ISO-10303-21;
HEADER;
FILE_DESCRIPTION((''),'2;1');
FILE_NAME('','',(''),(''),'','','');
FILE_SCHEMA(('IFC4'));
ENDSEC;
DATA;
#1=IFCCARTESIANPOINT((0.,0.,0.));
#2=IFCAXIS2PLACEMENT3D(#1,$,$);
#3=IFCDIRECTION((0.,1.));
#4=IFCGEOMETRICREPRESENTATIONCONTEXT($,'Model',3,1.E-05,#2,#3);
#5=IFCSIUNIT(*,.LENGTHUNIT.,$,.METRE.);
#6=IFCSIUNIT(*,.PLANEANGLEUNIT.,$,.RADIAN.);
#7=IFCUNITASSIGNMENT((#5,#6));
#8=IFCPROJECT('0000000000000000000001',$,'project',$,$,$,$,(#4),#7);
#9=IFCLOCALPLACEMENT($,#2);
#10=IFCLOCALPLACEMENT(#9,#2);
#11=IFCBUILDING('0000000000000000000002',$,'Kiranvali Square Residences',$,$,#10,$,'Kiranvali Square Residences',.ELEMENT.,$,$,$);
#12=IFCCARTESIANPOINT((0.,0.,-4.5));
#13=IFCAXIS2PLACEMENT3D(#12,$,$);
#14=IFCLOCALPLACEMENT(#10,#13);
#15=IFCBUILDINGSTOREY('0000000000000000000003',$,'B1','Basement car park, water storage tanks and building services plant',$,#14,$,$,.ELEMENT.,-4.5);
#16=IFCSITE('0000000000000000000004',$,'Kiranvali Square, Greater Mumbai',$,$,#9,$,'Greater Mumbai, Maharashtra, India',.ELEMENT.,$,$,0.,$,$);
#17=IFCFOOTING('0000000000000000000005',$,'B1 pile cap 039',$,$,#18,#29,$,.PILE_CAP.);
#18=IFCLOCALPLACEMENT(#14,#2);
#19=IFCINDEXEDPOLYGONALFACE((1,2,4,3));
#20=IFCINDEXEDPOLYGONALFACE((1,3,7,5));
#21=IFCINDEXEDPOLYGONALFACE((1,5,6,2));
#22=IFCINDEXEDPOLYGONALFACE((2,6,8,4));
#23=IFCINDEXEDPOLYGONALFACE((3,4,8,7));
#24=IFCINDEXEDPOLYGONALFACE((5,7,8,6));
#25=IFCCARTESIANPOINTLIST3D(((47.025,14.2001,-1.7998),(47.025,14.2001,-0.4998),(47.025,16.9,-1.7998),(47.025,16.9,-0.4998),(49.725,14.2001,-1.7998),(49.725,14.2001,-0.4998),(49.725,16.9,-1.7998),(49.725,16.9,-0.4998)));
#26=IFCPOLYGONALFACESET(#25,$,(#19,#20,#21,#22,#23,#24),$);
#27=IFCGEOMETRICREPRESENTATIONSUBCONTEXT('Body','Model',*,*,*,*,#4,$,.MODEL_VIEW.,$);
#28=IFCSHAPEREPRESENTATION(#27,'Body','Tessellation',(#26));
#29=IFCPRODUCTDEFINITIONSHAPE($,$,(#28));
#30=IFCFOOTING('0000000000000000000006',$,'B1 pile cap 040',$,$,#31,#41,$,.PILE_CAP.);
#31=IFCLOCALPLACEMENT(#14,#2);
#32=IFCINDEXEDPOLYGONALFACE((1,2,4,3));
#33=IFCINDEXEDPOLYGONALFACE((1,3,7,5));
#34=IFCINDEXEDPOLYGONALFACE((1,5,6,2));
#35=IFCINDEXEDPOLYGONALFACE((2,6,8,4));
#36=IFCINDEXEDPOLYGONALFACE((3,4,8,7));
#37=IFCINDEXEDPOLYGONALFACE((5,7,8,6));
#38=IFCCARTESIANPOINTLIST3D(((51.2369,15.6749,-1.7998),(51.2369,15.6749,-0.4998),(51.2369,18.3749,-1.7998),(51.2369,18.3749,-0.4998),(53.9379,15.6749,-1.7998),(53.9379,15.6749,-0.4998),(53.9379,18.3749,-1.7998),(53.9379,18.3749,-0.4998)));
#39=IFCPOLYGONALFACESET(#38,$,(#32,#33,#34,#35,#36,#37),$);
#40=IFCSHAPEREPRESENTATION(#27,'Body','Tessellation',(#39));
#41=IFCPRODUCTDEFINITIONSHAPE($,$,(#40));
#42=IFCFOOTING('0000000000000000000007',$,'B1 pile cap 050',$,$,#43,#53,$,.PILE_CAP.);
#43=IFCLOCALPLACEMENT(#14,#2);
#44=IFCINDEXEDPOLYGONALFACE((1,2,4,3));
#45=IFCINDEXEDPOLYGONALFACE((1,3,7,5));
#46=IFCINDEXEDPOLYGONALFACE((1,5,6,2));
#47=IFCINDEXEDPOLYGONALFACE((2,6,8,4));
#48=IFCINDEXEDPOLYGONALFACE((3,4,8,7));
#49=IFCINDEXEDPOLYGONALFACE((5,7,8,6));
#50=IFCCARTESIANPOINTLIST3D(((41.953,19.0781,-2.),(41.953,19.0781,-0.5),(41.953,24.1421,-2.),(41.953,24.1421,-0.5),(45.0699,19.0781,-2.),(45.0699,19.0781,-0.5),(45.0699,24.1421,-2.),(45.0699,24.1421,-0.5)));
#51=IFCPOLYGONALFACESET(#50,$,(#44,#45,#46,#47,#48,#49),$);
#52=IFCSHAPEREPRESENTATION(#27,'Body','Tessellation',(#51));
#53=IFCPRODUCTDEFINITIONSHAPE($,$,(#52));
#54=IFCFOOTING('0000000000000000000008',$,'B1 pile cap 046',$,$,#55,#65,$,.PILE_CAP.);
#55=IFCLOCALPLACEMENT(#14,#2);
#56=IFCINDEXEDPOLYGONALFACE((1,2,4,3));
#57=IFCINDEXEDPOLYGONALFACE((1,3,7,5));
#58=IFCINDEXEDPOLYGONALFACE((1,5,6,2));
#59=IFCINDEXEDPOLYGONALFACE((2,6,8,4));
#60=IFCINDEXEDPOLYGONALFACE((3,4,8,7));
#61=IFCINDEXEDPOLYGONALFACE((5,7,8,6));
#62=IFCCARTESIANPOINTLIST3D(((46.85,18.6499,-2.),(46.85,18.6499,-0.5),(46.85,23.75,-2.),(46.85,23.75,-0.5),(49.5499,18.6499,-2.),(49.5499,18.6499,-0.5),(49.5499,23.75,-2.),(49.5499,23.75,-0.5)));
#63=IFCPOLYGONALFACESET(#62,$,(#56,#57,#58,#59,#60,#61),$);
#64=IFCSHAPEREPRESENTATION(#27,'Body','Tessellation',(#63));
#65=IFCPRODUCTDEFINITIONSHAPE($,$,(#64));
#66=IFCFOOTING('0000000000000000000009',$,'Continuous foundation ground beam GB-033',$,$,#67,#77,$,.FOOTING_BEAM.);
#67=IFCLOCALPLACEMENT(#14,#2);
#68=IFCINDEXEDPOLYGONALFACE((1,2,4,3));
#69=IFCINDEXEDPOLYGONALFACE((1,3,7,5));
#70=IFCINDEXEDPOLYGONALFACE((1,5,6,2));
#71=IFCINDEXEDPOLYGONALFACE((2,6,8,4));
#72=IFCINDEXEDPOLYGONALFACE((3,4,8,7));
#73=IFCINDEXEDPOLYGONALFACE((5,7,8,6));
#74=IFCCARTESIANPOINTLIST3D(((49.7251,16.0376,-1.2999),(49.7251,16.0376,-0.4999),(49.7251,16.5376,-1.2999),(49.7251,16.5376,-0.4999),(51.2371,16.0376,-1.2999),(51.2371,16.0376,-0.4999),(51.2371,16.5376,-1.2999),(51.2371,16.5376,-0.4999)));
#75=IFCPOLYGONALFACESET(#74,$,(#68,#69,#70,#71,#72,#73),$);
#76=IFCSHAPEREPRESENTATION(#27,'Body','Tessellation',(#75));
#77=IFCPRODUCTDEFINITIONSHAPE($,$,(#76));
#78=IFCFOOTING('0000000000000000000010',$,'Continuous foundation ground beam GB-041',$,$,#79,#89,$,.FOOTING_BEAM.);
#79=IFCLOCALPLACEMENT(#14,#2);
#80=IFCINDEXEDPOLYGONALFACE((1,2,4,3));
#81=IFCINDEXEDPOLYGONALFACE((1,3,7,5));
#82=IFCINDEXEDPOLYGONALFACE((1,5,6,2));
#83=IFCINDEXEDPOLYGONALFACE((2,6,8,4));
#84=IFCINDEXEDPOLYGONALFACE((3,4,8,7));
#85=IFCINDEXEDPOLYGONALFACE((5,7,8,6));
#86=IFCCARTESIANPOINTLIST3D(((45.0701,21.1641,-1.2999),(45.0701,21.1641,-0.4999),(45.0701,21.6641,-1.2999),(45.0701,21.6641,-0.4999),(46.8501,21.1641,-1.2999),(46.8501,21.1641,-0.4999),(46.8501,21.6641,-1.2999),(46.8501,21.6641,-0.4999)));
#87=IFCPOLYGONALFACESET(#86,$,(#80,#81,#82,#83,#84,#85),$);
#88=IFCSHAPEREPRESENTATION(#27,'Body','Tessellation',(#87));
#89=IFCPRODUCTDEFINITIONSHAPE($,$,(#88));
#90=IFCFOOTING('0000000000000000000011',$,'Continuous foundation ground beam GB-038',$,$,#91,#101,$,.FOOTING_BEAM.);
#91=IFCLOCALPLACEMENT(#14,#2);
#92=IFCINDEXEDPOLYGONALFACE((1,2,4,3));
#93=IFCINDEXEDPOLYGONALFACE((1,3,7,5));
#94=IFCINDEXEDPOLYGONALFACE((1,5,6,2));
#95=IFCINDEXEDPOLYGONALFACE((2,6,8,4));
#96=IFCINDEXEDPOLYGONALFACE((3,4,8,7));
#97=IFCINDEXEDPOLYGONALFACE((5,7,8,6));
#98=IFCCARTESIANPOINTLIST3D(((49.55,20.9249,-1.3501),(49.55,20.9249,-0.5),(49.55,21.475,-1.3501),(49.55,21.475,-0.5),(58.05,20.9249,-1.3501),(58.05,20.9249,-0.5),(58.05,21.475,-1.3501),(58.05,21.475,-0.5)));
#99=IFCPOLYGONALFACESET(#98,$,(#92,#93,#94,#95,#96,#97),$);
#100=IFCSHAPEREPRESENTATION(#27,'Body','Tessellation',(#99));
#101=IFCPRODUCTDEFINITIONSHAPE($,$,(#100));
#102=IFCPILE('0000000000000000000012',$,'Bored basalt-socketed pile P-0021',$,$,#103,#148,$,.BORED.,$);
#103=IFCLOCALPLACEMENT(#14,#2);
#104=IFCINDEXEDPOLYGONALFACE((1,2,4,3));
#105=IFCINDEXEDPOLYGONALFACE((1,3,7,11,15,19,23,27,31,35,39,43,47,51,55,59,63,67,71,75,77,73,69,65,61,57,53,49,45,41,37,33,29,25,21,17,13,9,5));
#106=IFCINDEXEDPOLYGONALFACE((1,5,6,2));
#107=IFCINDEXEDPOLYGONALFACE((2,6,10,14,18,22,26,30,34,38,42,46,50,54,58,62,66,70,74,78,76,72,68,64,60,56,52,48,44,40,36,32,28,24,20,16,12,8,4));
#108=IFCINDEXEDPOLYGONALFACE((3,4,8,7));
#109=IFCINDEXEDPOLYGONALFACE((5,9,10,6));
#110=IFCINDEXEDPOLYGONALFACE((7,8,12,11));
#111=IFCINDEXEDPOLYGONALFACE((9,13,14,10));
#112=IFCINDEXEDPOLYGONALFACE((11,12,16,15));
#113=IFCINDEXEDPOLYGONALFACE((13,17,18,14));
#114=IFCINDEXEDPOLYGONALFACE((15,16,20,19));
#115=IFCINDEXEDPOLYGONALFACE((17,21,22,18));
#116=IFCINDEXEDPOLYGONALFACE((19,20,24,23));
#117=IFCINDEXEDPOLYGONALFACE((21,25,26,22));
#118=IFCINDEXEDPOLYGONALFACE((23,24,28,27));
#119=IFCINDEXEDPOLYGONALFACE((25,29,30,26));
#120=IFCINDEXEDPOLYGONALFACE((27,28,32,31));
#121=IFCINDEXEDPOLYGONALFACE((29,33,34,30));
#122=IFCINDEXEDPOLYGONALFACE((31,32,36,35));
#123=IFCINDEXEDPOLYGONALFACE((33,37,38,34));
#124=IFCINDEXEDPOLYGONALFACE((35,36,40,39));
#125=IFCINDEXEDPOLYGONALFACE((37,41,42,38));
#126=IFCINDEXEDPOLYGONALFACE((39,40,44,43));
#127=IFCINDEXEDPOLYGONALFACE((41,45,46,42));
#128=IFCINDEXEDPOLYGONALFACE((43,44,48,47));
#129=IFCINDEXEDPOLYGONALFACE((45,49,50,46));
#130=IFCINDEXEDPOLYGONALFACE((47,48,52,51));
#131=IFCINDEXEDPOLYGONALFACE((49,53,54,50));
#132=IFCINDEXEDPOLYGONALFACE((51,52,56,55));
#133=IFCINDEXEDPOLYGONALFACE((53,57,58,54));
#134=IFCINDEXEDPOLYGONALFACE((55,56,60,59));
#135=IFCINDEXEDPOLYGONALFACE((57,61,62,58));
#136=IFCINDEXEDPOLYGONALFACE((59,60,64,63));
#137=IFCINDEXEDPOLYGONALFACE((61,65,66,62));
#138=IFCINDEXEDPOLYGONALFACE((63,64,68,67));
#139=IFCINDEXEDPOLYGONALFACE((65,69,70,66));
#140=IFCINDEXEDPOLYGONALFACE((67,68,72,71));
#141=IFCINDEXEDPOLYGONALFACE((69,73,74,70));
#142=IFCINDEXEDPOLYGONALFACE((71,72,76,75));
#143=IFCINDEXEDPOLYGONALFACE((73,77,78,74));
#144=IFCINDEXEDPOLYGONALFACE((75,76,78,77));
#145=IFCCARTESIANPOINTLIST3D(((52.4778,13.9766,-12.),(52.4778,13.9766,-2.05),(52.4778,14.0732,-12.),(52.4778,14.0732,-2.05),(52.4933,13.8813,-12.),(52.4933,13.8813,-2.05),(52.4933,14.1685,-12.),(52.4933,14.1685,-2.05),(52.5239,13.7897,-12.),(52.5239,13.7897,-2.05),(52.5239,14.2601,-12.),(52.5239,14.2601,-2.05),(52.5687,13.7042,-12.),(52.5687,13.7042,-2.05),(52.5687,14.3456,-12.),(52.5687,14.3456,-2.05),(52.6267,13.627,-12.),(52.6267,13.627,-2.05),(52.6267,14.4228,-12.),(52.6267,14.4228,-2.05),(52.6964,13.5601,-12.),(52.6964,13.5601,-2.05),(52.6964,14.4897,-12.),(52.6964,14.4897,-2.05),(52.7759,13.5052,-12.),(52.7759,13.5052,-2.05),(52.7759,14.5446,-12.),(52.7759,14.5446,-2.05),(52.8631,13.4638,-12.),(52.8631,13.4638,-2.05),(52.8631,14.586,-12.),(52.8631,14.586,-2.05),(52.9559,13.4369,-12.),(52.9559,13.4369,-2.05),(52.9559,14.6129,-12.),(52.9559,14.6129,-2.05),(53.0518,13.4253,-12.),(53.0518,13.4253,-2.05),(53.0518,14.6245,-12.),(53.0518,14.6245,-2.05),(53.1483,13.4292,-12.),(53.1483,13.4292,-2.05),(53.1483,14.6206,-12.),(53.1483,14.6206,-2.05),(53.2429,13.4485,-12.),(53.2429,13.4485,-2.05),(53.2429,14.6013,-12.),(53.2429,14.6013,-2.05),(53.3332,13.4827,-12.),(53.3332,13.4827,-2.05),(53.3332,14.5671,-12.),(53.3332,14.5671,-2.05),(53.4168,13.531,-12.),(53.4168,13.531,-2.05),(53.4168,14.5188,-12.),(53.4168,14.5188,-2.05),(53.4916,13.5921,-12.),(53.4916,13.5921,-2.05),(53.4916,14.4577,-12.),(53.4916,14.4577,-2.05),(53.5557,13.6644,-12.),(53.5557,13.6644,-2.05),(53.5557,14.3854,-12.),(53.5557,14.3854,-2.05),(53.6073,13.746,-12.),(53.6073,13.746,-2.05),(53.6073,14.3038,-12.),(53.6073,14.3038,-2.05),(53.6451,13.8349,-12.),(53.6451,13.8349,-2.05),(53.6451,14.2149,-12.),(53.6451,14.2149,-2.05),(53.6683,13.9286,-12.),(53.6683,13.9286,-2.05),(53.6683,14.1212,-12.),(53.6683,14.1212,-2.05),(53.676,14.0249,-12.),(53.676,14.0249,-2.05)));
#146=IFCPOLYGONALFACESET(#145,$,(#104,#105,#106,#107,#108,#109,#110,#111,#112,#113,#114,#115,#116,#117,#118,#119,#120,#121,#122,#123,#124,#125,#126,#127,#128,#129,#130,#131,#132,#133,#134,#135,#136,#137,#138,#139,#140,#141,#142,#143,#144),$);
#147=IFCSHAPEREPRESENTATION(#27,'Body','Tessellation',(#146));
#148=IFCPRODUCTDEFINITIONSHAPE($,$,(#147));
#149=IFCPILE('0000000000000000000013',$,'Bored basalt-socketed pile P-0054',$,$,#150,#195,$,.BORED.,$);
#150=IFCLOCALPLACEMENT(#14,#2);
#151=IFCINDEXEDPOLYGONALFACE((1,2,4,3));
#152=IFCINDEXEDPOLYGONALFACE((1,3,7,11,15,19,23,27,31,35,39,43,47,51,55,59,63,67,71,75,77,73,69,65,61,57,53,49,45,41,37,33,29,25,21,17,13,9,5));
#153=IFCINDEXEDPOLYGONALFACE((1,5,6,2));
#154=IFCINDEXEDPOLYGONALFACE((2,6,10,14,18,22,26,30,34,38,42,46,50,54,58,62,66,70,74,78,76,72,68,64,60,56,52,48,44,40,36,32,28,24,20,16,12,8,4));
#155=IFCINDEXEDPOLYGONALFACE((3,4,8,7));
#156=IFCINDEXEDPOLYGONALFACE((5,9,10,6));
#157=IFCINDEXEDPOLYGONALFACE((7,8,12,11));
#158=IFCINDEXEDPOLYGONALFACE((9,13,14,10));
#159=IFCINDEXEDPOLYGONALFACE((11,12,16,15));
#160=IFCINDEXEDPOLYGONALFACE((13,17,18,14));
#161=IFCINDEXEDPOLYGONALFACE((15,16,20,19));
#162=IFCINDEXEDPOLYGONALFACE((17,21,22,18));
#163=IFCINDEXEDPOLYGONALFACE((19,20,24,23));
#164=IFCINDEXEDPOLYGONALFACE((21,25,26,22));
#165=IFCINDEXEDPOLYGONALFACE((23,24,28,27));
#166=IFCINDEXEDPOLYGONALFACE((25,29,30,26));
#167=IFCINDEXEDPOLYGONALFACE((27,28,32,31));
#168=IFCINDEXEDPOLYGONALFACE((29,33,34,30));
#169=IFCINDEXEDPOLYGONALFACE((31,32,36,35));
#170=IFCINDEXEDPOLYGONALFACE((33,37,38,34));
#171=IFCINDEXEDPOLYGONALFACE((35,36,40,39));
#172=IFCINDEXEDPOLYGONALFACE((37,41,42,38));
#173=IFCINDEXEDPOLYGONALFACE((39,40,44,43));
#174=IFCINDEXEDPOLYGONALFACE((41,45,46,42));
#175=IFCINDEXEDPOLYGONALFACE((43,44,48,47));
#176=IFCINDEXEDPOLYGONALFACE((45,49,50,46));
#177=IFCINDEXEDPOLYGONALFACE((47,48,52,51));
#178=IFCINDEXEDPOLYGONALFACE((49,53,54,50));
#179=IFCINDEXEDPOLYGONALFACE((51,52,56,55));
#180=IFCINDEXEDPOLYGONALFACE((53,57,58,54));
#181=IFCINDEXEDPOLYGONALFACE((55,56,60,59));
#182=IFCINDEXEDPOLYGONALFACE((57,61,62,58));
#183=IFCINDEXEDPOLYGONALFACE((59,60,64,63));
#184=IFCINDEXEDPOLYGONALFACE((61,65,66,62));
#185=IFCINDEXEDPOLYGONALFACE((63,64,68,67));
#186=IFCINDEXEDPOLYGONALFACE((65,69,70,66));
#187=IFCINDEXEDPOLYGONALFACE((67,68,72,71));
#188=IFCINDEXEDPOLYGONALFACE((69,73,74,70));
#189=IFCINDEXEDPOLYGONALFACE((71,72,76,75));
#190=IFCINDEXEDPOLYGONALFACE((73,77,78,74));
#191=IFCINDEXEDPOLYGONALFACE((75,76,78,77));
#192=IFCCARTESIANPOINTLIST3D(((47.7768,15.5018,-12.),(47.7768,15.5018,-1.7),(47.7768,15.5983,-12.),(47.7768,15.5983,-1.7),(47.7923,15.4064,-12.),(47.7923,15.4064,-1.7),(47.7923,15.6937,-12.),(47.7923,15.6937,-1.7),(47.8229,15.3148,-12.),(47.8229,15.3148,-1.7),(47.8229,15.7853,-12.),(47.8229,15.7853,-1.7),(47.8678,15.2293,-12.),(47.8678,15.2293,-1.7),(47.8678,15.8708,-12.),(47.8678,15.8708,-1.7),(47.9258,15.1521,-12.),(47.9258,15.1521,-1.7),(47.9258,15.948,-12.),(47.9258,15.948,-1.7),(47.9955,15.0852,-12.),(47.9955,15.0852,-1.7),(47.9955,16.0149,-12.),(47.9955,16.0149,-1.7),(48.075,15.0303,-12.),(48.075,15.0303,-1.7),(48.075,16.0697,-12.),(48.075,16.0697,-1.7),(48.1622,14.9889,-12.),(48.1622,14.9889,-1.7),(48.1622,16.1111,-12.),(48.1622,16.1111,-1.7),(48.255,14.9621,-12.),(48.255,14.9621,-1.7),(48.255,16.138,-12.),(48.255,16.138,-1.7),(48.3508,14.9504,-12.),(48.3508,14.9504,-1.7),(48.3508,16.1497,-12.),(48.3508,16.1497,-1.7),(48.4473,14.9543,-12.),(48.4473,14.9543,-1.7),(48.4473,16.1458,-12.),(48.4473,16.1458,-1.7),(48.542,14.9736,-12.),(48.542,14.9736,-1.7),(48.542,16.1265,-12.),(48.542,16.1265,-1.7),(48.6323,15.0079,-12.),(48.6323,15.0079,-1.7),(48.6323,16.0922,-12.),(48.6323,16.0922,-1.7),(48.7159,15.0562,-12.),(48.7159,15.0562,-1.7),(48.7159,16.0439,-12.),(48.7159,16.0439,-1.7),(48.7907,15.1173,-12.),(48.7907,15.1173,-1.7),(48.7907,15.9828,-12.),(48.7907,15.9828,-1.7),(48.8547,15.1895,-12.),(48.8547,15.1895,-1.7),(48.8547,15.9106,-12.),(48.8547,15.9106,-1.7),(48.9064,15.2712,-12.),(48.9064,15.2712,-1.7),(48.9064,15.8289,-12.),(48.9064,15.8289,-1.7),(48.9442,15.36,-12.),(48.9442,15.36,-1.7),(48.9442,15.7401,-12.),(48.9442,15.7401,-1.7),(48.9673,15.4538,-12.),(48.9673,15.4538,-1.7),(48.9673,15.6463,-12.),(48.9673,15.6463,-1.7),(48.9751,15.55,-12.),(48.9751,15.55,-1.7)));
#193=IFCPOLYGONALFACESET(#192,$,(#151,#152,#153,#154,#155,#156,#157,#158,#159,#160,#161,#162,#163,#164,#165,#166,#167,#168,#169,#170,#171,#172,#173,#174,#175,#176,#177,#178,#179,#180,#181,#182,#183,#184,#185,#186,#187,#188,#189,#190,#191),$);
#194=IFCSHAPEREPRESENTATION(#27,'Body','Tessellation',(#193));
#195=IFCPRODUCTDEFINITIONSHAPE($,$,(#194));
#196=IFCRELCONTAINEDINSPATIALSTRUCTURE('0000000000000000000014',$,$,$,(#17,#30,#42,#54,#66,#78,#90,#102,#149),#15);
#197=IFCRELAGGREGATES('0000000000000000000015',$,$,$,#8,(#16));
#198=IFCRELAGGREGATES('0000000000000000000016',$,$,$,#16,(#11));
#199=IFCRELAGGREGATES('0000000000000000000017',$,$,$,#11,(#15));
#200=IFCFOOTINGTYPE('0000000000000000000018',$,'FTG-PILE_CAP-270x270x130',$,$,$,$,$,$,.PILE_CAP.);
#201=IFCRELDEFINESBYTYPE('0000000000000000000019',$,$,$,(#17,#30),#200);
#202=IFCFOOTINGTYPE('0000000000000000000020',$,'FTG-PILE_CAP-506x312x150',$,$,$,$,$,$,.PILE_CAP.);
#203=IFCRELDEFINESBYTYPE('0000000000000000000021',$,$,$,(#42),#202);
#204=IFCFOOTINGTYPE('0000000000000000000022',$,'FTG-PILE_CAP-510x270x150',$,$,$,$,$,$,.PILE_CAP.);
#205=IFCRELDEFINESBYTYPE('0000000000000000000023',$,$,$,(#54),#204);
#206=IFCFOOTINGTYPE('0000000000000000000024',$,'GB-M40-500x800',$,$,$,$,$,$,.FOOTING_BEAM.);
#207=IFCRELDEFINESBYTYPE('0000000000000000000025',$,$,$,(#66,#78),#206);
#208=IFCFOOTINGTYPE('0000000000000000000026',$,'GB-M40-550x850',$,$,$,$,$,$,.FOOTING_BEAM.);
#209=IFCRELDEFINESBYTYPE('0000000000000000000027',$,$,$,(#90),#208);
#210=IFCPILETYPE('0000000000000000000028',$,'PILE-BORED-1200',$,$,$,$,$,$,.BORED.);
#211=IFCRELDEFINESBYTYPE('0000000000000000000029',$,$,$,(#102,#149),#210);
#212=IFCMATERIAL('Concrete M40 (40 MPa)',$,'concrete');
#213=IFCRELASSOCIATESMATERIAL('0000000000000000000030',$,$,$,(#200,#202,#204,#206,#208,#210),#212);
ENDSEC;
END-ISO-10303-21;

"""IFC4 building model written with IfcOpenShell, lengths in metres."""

from ifc_helpers import new_model, si_unit, direction, frame, origin, origin_2d, place, context, subcontext, project, spatial, rectangle, circle, extrude, material, material_profile, profile_set, type_object, element, save


model = new_model("IFC4")

# Units and contexts
model_context = context("Model", 3, precision=1e-05, world=origin(), true_north=direction((0.0, 1.0)))
body_context = subcontext(model_context, "Body", "Model", "MODEL_VIEW")
ifc_project = project(units=[si_unit("LENGTHUNIT", "METRE"), si_unit("PLANEANGLEUNIT", "RADIAN")], contexts=[model_context])

# Site, building, storey
site_placement = place(None, origin())
site = spatial("IfcSite", under=ifc_project, at=site_placement, Name="Kiranvali Square, Greater Mumbai", LongName="Greater Mumbai, Maharashtra, India", CompositionType="ELEMENT", RefElevation=0.0)
building_placement = place(site_placement, origin())
building = spatial("IfcBuilding", under=site, at=building_placement, Name="Kiranvali Square Residences", LongName="Kiranvali Square Residences", CompositionType="ELEMENT")
storey_placement = place(building_placement, frame((0.0, 0.0, -4.5)))
storey = spatial("IfcBuildingStorey", under=building, at=storey_placement, Name="B1", Description="Basement car park, water storage tanks and building services plant", CompositionType="ELEMENT", Elevation=-4.5)

# Footings
ifc_material_1 = material(Name="Concrete M40 (40 MPa)", Category="concrete")
footing_type_1 = type_object("IfcFootingType", Name="FTG-PILE_CAP-270x270x130", PredefinedType="PILE_CAP", material=ifc_material_1)
footing_1_placement = place(storey_placement, frame((48.375, 15.55, -1.7998), z_axis=(0.0, 0.0, 1.0), x_axis=(1.0, 0.0, 0.0)))
element("IfcFooting", 1, at=footing_1_placement, inside=storey, type_object=footing_type_1, Name="B1 pile cap 039", PredefinedType="PILE_CAP", context=body_context, shape_type="SweptSolid", body=[
    extrude(rectangle(XDim=2.7, YDim=2.7, at=origin_2d()), origin(), (0.0, 0.0, 1.0), 1.3),
])
footing_2_placement = place(storey_placement, frame((52.5874, 17.0249, -1.7998), z_axis=(0.0, 0.0, 1.0), x_axis=(1.0, 0.0, 0.0)))
element("IfcFooting", 2, at=footing_2_placement, inside=storey, type_object=footing_type_1, Name="B1 pile cap 040", PredefinedType="PILE_CAP", context=body_context, shape_type="SweptSolid", body=[
    extrude(rectangle(XDim=2.7009, YDim=2.7, at=origin_2d()), origin(), (0.0, 0.0, 1.0), 1.3),
])
footing_type_2 = type_object("IfcFootingType", Name="FTG-PILE_CAP-506x312x150", PredefinedType="PILE_CAP", material=ifc_material_1)
footing_3_placement = place(storey_placement, frame((43.5115, 21.6101, -2.0), z_axis=(0.0, 0.0, 1.0), x_axis=(0.0, 1.0, 0.0)))
element("IfcFooting", 3, at=footing_3_placement, inside=storey, type_object=footing_type_2, Name="B1 pile cap 050", PredefinedType="PILE_CAP", context=body_context, shape_type="SweptSolid", body=[
    extrude(rectangle(XDim=5.064, YDim=3.1169, at=origin_2d()), origin(), (0.0, 0.0, 1.0), 1.5),
])
footing_type_3 = type_object("IfcFootingType", Name="FTG-PILE_CAP-510x270x150", PredefinedType="PILE_CAP", material=ifc_material_1)
footing_4_placement = place(storey_placement, frame((48.2, 21.2, -2.0), z_axis=(0.0, 0.0, 1.0), x_axis=(0.0, 1.0, 0.0)))
element("IfcFooting", 4, at=footing_4_placement, inside=storey, type_object=footing_type_3, Name="B1 pile cap 046", PredefinedType="PILE_CAP", context=body_context, shape_type="SweptSolid", body=[
    extrude(rectangle(XDim=5.1001, YDim=2.7, at=origin_2d()), origin(), (0.0, 0.0, 1.0), 1.5),
])
ifc_material_profile_1 = material_profile(ifc_material_1, rectangle(XDim=0.5, YDim=0.8, at=origin_2d()), Name="GB 500x800")
ifc_profile_set_1 = profile_set([ifc_material_profile_1], Name="Concrete M40 (40 MPa)")
footing_type_4 = type_object("IfcFootingType", Name="GB-M40-500x800", PredefinedType="FOOTING_BEAM", material=ifc_profile_set_1)
footing_5_placement = place(storey_placement, frame((49.7251, 16.2876, -0.8999), z_axis=(1.0, 0.0, 0.0), x_axis=(0.0, 1.0, 0.0)))
element("IfcFooting", 5, at=footing_5_placement, inside=storey, type_object=footing_type_4, Name="Continuous foundation ground beam GB-033", PredefinedType="FOOTING_BEAM", context=body_context, shape_type="SweptSolid", body=[
    extrude(rectangle(XDim=0.5, YDim=0.8, at=origin_2d()), origin(), (0.0, 0.0, 1.0), 1.512),
])
footing_6_placement = place(storey_placement, frame((45.0701, 21.4141, -0.8999), z_axis=(1.0, 0.0, 0.0), x_axis=(0.0, 1.0, 0.0)))
element("IfcFooting", 6, at=footing_6_placement, inside=storey, type_object=footing_type_4, Name="Continuous foundation ground beam GB-041", PredefinedType="FOOTING_BEAM", context=body_context, shape_type="SweptSolid", body=[
    extrude(rectangle(XDim=0.5, YDim=0.8, at=origin_2d()), origin(), (0.0, 0.0, 1.0), 1.78),
])
ifc_material_profile_2 = material_profile(ifc_material_1, rectangle(XDim=0.55, YDim=0.8501, at=origin_2d()), Name="GB 550x850")
ifc_profile_set_2 = profile_set([ifc_material_profile_2], Name="Concrete M40 (40 MPa)")
footing_type_5 = type_object("IfcFootingType", Name="GB-M40-550x850", PredefinedType="FOOTING_BEAM", material=ifc_profile_set_2)
footing_7_placement = place(storey_placement, frame((49.55, 21.2, -0.925), z_axis=(1.0, 0.0, 0.0), x_axis=(0.0, 1.0, 0.0)))
element("IfcFooting", 7, at=footing_7_placement, inside=storey, type_object=footing_type_5, Name="Continuous foundation ground beam GB-038", PredefinedType="FOOTING_BEAM", context=body_context, shape_type="SweptSolid", body=[
    extrude(rectangle(XDim=0.55, YDim=0.8501, at=origin_2d()), origin(), (0.0, 0.0, 1.0), 8.5),
])

# Piles
ifc_material_profile_3 = material_profile(ifc_material_1, circle(Radius=0.6001, at=origin_2d()), Name="BORED PILE 1200")
ifc_profile_set_3 = profile_set([ifc_material_profile_3], Name="Concrete M40 (40 MPa)")
pile_type = type_object("IfcPileType", Name="PILE-BORED-1200", PredefinedType="BORED", material=ifc_profile_set_3)
pile_1_placement = place(storey_placement, frame((53.0759, 14.0249, -2.05), z_axis=(0.0, 0.0, -1.0), x_axis=(1.0, 0.0, 0.0)))
element("IfcPile", 8, at=pile_1_placement, inside=storey, type_object=pile_type, Name="Bored basalt-socketed pile P-0021", PredefinedType="BORED", context=body_context, shape_type="SweptSolid", body=[
    extrude(circle(Radius=0.6001, at=origin_2d()), origin(), (0.0, 0.0, 1.0), 9.95),
])
pile_2_placement = place(storey_placement, frame((48.375, 15.55, -1.7), z_axis=(0.0, 0.0, -1.0), x_axis=(1.0, 0.0, 0.0)))
element("IfcPile", 9, at=pile_2_placement, inside=storey, type_object=pile_type, Name="Bored basalt-socketed pile P-0054", PredefinedType="BORED", context=body_context, shape_type="SweptSolid", body=[
    extrude(circle(Radius=0.6001, at=origin_2d()), origin(), (0.0, 0.0, 1.0), 10.3),
])

save(model, "model.ifc")
